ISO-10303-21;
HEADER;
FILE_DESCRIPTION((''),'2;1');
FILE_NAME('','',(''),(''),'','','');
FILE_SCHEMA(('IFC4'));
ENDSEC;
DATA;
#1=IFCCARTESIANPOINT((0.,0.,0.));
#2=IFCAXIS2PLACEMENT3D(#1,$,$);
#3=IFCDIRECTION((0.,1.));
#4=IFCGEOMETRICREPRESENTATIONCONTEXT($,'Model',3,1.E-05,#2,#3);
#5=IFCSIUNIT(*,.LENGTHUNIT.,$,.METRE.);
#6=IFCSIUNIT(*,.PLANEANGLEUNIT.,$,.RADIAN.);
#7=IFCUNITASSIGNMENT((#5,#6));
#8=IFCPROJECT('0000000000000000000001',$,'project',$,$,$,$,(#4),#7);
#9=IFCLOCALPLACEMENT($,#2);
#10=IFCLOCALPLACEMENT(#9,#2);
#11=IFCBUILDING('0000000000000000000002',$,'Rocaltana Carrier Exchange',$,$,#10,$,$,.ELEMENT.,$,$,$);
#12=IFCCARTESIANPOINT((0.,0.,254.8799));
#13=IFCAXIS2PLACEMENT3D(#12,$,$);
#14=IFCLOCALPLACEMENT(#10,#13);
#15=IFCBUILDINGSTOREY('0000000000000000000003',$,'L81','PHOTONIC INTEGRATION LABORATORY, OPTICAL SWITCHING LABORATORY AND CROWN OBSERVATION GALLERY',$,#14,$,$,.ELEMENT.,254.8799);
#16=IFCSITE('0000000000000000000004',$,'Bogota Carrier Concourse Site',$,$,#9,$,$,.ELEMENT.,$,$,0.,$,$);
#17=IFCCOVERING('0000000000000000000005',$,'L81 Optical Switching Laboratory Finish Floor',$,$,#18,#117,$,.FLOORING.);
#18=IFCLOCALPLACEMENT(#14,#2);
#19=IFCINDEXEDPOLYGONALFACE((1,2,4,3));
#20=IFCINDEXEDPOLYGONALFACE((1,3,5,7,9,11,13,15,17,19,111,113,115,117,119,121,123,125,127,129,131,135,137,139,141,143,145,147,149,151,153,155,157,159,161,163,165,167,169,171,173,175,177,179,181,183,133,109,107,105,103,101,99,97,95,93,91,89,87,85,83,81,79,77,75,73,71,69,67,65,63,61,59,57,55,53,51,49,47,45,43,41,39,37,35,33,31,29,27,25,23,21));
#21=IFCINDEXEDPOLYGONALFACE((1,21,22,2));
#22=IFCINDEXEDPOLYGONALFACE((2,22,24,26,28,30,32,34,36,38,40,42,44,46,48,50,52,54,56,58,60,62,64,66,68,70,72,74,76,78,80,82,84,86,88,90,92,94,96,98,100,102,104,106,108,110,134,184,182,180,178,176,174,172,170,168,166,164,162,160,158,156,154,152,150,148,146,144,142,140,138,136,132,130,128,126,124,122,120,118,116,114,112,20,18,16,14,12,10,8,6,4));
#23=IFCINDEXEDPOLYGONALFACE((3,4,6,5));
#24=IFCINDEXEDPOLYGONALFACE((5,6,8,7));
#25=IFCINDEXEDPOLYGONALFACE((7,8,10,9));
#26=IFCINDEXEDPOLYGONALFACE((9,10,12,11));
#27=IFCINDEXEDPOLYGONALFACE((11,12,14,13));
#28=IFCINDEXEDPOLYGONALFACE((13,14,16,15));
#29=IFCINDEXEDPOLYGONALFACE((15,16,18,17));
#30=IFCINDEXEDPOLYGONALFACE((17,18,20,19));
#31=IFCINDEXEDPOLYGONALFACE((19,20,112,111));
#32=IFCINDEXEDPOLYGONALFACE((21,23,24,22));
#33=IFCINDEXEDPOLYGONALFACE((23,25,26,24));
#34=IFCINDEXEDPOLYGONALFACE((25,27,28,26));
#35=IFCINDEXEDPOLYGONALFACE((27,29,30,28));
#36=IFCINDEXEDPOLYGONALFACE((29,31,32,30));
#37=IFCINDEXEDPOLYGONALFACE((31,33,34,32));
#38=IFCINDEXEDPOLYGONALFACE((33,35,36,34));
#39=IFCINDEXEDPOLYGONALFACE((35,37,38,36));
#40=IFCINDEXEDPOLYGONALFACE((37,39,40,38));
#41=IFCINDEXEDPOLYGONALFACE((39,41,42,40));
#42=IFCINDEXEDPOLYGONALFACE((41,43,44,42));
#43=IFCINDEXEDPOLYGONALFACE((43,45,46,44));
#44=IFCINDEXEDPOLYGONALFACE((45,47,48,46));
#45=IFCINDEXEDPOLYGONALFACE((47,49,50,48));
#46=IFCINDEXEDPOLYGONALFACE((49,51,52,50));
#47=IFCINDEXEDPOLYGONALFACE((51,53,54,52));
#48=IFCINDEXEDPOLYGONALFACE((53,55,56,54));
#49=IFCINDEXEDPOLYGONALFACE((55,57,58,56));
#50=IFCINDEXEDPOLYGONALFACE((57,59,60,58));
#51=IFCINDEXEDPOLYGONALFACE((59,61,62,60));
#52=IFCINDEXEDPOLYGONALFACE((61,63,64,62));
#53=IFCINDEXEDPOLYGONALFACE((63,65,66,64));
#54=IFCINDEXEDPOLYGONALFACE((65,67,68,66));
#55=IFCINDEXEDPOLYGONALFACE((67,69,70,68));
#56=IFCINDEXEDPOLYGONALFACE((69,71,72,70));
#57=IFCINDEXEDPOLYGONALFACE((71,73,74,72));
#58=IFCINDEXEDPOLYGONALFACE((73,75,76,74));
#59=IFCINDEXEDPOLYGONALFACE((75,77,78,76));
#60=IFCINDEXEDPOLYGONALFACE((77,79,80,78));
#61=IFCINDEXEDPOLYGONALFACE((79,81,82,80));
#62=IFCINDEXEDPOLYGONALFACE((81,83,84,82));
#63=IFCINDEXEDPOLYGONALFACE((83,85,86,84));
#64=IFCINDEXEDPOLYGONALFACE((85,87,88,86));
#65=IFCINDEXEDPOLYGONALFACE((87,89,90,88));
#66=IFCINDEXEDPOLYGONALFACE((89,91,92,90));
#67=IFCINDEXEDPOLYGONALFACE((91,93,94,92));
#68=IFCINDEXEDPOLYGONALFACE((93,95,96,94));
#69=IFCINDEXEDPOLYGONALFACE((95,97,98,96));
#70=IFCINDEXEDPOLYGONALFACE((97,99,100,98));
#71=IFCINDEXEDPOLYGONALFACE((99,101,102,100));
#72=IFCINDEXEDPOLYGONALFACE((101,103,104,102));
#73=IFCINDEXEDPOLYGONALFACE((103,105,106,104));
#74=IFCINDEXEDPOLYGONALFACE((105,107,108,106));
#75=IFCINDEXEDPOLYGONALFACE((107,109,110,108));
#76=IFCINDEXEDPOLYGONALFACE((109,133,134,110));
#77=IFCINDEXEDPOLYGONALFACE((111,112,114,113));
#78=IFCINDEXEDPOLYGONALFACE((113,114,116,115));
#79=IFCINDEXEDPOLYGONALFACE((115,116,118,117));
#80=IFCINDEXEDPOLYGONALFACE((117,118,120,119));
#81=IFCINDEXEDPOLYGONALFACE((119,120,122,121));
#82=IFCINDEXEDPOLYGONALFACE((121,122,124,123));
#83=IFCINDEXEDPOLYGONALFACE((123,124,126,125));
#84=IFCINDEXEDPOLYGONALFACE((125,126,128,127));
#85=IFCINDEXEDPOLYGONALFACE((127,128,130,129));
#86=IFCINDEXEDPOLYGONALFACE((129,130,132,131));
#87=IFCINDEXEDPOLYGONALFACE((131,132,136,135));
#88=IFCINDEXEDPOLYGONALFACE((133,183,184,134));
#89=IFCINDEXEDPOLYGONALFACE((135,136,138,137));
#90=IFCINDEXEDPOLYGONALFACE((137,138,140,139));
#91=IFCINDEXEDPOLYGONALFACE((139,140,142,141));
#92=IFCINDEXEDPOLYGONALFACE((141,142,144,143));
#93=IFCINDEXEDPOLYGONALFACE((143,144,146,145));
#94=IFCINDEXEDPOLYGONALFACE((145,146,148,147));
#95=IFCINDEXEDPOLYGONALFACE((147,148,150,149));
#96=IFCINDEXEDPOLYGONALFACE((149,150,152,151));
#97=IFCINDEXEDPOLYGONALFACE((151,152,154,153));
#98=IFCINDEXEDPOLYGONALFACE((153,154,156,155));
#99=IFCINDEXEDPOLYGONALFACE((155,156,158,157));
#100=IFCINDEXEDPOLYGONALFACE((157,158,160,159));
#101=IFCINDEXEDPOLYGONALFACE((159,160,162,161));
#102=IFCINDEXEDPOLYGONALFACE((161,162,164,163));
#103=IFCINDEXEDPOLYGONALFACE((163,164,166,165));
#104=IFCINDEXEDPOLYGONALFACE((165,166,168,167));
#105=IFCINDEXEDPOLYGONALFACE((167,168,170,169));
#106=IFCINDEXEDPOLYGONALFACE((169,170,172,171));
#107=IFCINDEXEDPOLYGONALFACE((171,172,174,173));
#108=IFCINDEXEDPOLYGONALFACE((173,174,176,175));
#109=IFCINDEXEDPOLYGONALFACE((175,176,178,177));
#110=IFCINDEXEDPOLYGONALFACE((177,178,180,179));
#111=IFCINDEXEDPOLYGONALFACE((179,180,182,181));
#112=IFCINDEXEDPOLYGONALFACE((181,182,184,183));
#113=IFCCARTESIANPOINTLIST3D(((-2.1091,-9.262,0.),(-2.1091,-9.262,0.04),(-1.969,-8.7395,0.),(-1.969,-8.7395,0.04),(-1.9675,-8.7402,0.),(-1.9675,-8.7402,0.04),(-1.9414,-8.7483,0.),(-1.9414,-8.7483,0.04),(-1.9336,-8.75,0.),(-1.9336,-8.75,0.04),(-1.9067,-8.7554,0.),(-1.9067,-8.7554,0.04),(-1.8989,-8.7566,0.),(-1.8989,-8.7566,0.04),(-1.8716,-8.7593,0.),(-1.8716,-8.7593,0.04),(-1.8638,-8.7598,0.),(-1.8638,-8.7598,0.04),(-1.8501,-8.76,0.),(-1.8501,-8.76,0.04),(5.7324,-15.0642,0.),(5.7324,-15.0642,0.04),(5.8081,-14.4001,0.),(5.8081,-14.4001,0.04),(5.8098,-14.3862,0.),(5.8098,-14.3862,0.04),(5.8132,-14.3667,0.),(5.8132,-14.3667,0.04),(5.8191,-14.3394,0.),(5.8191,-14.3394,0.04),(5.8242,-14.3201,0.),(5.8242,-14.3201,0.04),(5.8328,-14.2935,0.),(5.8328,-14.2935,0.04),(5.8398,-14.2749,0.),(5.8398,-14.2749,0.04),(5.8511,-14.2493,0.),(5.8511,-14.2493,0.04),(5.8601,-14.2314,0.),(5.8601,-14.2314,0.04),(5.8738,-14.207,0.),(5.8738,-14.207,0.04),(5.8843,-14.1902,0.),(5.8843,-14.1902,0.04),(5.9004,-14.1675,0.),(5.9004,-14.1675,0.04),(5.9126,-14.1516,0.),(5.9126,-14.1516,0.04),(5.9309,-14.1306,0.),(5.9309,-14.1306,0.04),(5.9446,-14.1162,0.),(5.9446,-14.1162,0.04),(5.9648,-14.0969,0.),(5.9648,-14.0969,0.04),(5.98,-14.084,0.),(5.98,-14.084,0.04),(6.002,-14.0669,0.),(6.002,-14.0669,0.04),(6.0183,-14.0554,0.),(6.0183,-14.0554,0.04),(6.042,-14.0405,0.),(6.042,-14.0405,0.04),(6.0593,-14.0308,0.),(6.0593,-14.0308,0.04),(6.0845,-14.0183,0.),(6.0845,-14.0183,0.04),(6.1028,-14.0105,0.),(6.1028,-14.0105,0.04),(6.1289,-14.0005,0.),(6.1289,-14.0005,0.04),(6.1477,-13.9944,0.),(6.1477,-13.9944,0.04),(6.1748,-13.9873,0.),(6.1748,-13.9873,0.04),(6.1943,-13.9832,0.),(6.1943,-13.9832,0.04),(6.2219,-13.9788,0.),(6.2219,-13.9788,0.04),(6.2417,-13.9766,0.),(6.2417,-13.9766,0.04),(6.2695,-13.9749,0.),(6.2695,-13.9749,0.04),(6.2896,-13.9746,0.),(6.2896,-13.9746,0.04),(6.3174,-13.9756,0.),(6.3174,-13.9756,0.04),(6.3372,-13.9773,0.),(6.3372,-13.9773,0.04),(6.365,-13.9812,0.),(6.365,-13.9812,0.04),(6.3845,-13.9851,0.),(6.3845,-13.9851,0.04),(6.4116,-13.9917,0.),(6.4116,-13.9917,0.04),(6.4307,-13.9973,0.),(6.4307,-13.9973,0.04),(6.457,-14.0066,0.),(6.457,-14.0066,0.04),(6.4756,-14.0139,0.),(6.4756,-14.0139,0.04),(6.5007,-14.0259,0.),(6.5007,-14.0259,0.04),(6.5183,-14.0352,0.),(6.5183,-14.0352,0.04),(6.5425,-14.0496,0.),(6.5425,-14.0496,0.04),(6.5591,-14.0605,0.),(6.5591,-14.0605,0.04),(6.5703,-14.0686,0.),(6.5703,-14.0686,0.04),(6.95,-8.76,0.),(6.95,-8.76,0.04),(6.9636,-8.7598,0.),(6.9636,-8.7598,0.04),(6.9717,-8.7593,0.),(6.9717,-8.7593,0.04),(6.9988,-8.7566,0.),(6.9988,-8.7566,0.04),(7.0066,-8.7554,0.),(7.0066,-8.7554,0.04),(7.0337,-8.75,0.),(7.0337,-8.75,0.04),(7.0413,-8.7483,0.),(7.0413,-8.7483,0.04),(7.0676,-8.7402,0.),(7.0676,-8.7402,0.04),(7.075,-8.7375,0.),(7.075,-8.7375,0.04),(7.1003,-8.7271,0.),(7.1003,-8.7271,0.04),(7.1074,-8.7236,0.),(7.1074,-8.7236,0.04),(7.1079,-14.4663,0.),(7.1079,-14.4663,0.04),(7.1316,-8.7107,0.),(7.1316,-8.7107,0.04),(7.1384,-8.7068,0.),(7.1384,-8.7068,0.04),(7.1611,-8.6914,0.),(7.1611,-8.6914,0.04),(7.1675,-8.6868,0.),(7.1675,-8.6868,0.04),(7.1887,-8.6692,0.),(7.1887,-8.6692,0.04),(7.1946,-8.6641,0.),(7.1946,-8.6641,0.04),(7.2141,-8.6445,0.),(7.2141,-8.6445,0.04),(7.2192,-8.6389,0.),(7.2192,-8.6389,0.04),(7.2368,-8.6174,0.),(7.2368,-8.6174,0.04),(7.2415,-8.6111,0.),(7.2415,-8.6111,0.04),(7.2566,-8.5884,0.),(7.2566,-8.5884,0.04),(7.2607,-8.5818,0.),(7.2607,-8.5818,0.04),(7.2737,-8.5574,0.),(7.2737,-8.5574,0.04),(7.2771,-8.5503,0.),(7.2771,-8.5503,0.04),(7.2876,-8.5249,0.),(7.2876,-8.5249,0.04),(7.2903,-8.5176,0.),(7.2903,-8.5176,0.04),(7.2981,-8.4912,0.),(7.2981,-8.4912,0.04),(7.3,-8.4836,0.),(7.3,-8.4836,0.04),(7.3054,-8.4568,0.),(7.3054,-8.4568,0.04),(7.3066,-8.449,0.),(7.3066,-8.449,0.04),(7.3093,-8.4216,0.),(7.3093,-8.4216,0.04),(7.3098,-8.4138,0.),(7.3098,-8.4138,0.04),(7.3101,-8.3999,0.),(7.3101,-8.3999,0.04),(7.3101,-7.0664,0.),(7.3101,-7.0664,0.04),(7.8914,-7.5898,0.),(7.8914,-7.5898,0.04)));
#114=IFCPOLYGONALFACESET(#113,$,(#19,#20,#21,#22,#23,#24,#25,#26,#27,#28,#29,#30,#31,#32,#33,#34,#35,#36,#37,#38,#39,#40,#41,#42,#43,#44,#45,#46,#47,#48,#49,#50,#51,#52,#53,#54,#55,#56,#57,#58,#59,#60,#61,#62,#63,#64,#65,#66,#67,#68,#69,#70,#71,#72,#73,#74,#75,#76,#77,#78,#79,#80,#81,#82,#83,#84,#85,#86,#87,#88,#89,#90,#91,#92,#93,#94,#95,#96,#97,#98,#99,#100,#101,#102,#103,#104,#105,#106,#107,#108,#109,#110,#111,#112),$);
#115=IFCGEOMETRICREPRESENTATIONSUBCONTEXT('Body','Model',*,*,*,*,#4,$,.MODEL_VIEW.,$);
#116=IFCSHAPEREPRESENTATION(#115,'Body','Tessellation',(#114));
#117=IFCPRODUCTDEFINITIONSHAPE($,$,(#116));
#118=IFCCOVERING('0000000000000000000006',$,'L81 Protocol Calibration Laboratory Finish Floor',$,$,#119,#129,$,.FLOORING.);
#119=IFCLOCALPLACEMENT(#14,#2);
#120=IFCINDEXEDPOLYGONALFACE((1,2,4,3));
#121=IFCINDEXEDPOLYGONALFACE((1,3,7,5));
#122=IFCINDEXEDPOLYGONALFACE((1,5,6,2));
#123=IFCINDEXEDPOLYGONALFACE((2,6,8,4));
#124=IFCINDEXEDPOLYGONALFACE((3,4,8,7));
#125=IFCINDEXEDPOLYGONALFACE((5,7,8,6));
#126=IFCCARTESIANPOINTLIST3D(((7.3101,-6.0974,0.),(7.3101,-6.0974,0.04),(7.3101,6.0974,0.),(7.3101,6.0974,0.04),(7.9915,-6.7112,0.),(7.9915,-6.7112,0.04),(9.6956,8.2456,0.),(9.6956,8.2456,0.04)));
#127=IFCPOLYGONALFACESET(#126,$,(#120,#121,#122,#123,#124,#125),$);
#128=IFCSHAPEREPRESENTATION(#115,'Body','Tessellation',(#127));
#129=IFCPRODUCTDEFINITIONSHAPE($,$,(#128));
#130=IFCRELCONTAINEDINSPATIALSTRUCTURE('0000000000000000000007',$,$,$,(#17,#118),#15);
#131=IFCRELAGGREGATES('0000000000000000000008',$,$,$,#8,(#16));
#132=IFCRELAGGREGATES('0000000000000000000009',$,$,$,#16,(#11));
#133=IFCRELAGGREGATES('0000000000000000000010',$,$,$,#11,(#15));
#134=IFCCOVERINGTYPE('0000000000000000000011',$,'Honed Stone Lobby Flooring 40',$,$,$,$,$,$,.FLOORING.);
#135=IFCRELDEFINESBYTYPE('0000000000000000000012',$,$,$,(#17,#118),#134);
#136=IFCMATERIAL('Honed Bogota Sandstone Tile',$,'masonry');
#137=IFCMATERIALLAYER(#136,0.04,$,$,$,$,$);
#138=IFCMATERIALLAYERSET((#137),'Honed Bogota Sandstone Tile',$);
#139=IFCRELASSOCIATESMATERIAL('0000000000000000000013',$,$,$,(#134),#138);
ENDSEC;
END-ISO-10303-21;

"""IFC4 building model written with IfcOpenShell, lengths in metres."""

from ifc_helpers import new_model, si_unit, direction, frame, origin, place, context, subcontext, project, spatial, polyline, outline, extrude, material, layer, layer_set, type_object, element, save


model = new_model("IFC4")

# Units and contexts
model_context = context("Model", 3, precision=1e-05, world=origin(), true_north=direction((0.0, 1.0)))
body_context = subcontext(model_context, "Body", "Model", "MODEL_VIEW")
ifc_project = project(units=[si_unit("LENGTHUNIT", "METRE"), si_unit("PLANEANGLEUNIT", "RADIAN")], contexts=[model_context])

# Site, building, storey
site_placement = place(None, origin())
site = spatial("IfcSite", under=ifc_project, at=site_placement, Name="Bogota Carrier Concourse Site", CompositionType="ELEMENT", RefElevation=0.0)
building_placement = place(site_placement, origin())
building = spatial("IfcBuilding", under=site, at=building_placement, Name="Rocaltana Carrier Exchange", CompositionType="ELEMENT")
storey_placement = place(building_placement, frame((0.0, 0.0, 254.8799)))
storey = spatial("IfcBuildingStorey", under=building, at=storey_placement, Name="L81", Description="PHOTONIC INTEGRATION LABORATORY, OPTICAL SWITCHING LABORATORY AND CROWN OBSERVATION GALLERY", CompositionType="ELEMENT", Elevation=254.8799)

# Coverings
ifc_material_1 = material(Name="Honed Bogota Sandstone Tile", Category="masonry")
ifc_layer_1 = layer(ifc_material_1, 0.04)
ifc_layer_set_1 = layer_set([ifc_layer_1], Name="Honed Bogota Sandstone Tile")
covering_type_1 = type_object("IfcCoveringType", Name="Honed Stone Lobby Flooring 40", PredefinedType="FLOORING", material=ifc_layer_set_1)
covering_1_placement = place(storey_placement, origin())
element("IfcCovering", 1, at=covering_1_placement, inside=storey, type_object=covering_type_1, Name="L81 Optical Switching Laboratory Finish Floor", PredefinedType="FLOORING", context=body_context, shape_type="SweptSolid", body=[
    extrude(outline(polyline([(-1.969, -8.7395), (-1.9675, -8.7402), (-1.9414, -8.7483), (-1.9336, -8.75), (-1.9067, -8.7554), (-1.8989, -8.7566), (-1.8716, -8.7593), (-1.8638, -8.7598), (-1.8501, -8.76), (6.95, -8.76), (6.9636, -8.7598), (6.9717, -8.7593), (6.9988, -8.7566), (7.0066, -8.7554), (7.0337, -8.75), (7.0413, -8.7483), (7.0676, -8.7402), (7.075, -8.7375), (7.1003, -8.7271), (7.1074, -8.7236), (7.1316, -8.7107), (7.1384, -8.7068), (7.1611, -8.6914), (7.1675, -8.6868), (7.1887, -8.6692), (7.1946, -8.6641), (7.2141, -8.6445), (7.2192, -8.6389), (7.2368, -8.6174), (7.2415, -8.6111), (7.2566, -8.5884), (7.2607, -8.5818), (7.2737, -8.5574), (7.2771, -8.5503), (7.2876, -8.5249), (7.2903, -8.5176), (7.2981, -8.4912), (7.3, -8.4836), (7.3054, -8.4568), (7.3066, -8.449), (7.3093, -8.4216), (7.3098, -8.4138), (7.3101, -8.3999), (7.3101, -7.0664), (7.8914, -7.5898), (7.1079, -14.4663), (6.5703, -14.0686), (6.5591, -14.0605), (6.5425, -14.0496), (6.5183, -14.0352), (6.5007, -14.0259), (6.4756, -14.0139), (6.457, -14.0066), (6.4307, -13.9973), (6.4116, -13.9917), (6.3845, -13.9851), (6.365, -13.9812), (6.3372, -13.9773), (6.3174, -13.9756), (6.2896, -13.9746), (6.2695, -13.9749), (6.2417, -13.9766), (6.2219, -13.9788), (6.1943, -13.9832), (6.1748, -13.9873), (6.1477, -13.9944), (6.1289, -14.0005), (6.1028, -14.0105), (6.0845, -14.0183), (6.0593, -14.0308), (6.042, -14.0405), (6.0183, -14.0554), (6.002, -14.0669), (5.98, -14.084), (5.9648, -14.0969), (5.9446, -14.1162), (5.9309, -14.1306), (5.9126, -14.1516), (5.9004, -14.1675), (5.8843, -14.1902), (5.8738, -14.207), (5.8601, -14.2314), (5.8511, -14.2493), (5.8398, -14.2749), (5.8328, -14.2935), (5.8242, -14.3201), (5.8191, -14.3394), (5.8132, -14.3667), (5.8098, -14.3862), (5.8081, -14.4001), (5.7324, -15.0642), (-2.1091, -9.262), (-1.969, -8.7395)])), origin(), (0.0, 0.0, 1.0), 0.04),
])
covering_2_placement = place(storey_placement, origin())
element("IfcCovering", 2, at=covering_2_placement, inside=storey, type_object=covering_type_1, Name="L81 Protocol Calibration Laboratory Finish Floor", PredefinedType="FLOORING", context=body_context, shape_type="SweptSolid", body=[
    extrude(outline(polyline([(7.9915, -6.7112), (7.3101, -6.0974), (7.3101, 6.0974), (9.6956, 8.2456), (7.9915, -6.7112)])), origin(), (0.0, 0.0, 1.0), 0.04),
])

save(model, "model.ifc")
